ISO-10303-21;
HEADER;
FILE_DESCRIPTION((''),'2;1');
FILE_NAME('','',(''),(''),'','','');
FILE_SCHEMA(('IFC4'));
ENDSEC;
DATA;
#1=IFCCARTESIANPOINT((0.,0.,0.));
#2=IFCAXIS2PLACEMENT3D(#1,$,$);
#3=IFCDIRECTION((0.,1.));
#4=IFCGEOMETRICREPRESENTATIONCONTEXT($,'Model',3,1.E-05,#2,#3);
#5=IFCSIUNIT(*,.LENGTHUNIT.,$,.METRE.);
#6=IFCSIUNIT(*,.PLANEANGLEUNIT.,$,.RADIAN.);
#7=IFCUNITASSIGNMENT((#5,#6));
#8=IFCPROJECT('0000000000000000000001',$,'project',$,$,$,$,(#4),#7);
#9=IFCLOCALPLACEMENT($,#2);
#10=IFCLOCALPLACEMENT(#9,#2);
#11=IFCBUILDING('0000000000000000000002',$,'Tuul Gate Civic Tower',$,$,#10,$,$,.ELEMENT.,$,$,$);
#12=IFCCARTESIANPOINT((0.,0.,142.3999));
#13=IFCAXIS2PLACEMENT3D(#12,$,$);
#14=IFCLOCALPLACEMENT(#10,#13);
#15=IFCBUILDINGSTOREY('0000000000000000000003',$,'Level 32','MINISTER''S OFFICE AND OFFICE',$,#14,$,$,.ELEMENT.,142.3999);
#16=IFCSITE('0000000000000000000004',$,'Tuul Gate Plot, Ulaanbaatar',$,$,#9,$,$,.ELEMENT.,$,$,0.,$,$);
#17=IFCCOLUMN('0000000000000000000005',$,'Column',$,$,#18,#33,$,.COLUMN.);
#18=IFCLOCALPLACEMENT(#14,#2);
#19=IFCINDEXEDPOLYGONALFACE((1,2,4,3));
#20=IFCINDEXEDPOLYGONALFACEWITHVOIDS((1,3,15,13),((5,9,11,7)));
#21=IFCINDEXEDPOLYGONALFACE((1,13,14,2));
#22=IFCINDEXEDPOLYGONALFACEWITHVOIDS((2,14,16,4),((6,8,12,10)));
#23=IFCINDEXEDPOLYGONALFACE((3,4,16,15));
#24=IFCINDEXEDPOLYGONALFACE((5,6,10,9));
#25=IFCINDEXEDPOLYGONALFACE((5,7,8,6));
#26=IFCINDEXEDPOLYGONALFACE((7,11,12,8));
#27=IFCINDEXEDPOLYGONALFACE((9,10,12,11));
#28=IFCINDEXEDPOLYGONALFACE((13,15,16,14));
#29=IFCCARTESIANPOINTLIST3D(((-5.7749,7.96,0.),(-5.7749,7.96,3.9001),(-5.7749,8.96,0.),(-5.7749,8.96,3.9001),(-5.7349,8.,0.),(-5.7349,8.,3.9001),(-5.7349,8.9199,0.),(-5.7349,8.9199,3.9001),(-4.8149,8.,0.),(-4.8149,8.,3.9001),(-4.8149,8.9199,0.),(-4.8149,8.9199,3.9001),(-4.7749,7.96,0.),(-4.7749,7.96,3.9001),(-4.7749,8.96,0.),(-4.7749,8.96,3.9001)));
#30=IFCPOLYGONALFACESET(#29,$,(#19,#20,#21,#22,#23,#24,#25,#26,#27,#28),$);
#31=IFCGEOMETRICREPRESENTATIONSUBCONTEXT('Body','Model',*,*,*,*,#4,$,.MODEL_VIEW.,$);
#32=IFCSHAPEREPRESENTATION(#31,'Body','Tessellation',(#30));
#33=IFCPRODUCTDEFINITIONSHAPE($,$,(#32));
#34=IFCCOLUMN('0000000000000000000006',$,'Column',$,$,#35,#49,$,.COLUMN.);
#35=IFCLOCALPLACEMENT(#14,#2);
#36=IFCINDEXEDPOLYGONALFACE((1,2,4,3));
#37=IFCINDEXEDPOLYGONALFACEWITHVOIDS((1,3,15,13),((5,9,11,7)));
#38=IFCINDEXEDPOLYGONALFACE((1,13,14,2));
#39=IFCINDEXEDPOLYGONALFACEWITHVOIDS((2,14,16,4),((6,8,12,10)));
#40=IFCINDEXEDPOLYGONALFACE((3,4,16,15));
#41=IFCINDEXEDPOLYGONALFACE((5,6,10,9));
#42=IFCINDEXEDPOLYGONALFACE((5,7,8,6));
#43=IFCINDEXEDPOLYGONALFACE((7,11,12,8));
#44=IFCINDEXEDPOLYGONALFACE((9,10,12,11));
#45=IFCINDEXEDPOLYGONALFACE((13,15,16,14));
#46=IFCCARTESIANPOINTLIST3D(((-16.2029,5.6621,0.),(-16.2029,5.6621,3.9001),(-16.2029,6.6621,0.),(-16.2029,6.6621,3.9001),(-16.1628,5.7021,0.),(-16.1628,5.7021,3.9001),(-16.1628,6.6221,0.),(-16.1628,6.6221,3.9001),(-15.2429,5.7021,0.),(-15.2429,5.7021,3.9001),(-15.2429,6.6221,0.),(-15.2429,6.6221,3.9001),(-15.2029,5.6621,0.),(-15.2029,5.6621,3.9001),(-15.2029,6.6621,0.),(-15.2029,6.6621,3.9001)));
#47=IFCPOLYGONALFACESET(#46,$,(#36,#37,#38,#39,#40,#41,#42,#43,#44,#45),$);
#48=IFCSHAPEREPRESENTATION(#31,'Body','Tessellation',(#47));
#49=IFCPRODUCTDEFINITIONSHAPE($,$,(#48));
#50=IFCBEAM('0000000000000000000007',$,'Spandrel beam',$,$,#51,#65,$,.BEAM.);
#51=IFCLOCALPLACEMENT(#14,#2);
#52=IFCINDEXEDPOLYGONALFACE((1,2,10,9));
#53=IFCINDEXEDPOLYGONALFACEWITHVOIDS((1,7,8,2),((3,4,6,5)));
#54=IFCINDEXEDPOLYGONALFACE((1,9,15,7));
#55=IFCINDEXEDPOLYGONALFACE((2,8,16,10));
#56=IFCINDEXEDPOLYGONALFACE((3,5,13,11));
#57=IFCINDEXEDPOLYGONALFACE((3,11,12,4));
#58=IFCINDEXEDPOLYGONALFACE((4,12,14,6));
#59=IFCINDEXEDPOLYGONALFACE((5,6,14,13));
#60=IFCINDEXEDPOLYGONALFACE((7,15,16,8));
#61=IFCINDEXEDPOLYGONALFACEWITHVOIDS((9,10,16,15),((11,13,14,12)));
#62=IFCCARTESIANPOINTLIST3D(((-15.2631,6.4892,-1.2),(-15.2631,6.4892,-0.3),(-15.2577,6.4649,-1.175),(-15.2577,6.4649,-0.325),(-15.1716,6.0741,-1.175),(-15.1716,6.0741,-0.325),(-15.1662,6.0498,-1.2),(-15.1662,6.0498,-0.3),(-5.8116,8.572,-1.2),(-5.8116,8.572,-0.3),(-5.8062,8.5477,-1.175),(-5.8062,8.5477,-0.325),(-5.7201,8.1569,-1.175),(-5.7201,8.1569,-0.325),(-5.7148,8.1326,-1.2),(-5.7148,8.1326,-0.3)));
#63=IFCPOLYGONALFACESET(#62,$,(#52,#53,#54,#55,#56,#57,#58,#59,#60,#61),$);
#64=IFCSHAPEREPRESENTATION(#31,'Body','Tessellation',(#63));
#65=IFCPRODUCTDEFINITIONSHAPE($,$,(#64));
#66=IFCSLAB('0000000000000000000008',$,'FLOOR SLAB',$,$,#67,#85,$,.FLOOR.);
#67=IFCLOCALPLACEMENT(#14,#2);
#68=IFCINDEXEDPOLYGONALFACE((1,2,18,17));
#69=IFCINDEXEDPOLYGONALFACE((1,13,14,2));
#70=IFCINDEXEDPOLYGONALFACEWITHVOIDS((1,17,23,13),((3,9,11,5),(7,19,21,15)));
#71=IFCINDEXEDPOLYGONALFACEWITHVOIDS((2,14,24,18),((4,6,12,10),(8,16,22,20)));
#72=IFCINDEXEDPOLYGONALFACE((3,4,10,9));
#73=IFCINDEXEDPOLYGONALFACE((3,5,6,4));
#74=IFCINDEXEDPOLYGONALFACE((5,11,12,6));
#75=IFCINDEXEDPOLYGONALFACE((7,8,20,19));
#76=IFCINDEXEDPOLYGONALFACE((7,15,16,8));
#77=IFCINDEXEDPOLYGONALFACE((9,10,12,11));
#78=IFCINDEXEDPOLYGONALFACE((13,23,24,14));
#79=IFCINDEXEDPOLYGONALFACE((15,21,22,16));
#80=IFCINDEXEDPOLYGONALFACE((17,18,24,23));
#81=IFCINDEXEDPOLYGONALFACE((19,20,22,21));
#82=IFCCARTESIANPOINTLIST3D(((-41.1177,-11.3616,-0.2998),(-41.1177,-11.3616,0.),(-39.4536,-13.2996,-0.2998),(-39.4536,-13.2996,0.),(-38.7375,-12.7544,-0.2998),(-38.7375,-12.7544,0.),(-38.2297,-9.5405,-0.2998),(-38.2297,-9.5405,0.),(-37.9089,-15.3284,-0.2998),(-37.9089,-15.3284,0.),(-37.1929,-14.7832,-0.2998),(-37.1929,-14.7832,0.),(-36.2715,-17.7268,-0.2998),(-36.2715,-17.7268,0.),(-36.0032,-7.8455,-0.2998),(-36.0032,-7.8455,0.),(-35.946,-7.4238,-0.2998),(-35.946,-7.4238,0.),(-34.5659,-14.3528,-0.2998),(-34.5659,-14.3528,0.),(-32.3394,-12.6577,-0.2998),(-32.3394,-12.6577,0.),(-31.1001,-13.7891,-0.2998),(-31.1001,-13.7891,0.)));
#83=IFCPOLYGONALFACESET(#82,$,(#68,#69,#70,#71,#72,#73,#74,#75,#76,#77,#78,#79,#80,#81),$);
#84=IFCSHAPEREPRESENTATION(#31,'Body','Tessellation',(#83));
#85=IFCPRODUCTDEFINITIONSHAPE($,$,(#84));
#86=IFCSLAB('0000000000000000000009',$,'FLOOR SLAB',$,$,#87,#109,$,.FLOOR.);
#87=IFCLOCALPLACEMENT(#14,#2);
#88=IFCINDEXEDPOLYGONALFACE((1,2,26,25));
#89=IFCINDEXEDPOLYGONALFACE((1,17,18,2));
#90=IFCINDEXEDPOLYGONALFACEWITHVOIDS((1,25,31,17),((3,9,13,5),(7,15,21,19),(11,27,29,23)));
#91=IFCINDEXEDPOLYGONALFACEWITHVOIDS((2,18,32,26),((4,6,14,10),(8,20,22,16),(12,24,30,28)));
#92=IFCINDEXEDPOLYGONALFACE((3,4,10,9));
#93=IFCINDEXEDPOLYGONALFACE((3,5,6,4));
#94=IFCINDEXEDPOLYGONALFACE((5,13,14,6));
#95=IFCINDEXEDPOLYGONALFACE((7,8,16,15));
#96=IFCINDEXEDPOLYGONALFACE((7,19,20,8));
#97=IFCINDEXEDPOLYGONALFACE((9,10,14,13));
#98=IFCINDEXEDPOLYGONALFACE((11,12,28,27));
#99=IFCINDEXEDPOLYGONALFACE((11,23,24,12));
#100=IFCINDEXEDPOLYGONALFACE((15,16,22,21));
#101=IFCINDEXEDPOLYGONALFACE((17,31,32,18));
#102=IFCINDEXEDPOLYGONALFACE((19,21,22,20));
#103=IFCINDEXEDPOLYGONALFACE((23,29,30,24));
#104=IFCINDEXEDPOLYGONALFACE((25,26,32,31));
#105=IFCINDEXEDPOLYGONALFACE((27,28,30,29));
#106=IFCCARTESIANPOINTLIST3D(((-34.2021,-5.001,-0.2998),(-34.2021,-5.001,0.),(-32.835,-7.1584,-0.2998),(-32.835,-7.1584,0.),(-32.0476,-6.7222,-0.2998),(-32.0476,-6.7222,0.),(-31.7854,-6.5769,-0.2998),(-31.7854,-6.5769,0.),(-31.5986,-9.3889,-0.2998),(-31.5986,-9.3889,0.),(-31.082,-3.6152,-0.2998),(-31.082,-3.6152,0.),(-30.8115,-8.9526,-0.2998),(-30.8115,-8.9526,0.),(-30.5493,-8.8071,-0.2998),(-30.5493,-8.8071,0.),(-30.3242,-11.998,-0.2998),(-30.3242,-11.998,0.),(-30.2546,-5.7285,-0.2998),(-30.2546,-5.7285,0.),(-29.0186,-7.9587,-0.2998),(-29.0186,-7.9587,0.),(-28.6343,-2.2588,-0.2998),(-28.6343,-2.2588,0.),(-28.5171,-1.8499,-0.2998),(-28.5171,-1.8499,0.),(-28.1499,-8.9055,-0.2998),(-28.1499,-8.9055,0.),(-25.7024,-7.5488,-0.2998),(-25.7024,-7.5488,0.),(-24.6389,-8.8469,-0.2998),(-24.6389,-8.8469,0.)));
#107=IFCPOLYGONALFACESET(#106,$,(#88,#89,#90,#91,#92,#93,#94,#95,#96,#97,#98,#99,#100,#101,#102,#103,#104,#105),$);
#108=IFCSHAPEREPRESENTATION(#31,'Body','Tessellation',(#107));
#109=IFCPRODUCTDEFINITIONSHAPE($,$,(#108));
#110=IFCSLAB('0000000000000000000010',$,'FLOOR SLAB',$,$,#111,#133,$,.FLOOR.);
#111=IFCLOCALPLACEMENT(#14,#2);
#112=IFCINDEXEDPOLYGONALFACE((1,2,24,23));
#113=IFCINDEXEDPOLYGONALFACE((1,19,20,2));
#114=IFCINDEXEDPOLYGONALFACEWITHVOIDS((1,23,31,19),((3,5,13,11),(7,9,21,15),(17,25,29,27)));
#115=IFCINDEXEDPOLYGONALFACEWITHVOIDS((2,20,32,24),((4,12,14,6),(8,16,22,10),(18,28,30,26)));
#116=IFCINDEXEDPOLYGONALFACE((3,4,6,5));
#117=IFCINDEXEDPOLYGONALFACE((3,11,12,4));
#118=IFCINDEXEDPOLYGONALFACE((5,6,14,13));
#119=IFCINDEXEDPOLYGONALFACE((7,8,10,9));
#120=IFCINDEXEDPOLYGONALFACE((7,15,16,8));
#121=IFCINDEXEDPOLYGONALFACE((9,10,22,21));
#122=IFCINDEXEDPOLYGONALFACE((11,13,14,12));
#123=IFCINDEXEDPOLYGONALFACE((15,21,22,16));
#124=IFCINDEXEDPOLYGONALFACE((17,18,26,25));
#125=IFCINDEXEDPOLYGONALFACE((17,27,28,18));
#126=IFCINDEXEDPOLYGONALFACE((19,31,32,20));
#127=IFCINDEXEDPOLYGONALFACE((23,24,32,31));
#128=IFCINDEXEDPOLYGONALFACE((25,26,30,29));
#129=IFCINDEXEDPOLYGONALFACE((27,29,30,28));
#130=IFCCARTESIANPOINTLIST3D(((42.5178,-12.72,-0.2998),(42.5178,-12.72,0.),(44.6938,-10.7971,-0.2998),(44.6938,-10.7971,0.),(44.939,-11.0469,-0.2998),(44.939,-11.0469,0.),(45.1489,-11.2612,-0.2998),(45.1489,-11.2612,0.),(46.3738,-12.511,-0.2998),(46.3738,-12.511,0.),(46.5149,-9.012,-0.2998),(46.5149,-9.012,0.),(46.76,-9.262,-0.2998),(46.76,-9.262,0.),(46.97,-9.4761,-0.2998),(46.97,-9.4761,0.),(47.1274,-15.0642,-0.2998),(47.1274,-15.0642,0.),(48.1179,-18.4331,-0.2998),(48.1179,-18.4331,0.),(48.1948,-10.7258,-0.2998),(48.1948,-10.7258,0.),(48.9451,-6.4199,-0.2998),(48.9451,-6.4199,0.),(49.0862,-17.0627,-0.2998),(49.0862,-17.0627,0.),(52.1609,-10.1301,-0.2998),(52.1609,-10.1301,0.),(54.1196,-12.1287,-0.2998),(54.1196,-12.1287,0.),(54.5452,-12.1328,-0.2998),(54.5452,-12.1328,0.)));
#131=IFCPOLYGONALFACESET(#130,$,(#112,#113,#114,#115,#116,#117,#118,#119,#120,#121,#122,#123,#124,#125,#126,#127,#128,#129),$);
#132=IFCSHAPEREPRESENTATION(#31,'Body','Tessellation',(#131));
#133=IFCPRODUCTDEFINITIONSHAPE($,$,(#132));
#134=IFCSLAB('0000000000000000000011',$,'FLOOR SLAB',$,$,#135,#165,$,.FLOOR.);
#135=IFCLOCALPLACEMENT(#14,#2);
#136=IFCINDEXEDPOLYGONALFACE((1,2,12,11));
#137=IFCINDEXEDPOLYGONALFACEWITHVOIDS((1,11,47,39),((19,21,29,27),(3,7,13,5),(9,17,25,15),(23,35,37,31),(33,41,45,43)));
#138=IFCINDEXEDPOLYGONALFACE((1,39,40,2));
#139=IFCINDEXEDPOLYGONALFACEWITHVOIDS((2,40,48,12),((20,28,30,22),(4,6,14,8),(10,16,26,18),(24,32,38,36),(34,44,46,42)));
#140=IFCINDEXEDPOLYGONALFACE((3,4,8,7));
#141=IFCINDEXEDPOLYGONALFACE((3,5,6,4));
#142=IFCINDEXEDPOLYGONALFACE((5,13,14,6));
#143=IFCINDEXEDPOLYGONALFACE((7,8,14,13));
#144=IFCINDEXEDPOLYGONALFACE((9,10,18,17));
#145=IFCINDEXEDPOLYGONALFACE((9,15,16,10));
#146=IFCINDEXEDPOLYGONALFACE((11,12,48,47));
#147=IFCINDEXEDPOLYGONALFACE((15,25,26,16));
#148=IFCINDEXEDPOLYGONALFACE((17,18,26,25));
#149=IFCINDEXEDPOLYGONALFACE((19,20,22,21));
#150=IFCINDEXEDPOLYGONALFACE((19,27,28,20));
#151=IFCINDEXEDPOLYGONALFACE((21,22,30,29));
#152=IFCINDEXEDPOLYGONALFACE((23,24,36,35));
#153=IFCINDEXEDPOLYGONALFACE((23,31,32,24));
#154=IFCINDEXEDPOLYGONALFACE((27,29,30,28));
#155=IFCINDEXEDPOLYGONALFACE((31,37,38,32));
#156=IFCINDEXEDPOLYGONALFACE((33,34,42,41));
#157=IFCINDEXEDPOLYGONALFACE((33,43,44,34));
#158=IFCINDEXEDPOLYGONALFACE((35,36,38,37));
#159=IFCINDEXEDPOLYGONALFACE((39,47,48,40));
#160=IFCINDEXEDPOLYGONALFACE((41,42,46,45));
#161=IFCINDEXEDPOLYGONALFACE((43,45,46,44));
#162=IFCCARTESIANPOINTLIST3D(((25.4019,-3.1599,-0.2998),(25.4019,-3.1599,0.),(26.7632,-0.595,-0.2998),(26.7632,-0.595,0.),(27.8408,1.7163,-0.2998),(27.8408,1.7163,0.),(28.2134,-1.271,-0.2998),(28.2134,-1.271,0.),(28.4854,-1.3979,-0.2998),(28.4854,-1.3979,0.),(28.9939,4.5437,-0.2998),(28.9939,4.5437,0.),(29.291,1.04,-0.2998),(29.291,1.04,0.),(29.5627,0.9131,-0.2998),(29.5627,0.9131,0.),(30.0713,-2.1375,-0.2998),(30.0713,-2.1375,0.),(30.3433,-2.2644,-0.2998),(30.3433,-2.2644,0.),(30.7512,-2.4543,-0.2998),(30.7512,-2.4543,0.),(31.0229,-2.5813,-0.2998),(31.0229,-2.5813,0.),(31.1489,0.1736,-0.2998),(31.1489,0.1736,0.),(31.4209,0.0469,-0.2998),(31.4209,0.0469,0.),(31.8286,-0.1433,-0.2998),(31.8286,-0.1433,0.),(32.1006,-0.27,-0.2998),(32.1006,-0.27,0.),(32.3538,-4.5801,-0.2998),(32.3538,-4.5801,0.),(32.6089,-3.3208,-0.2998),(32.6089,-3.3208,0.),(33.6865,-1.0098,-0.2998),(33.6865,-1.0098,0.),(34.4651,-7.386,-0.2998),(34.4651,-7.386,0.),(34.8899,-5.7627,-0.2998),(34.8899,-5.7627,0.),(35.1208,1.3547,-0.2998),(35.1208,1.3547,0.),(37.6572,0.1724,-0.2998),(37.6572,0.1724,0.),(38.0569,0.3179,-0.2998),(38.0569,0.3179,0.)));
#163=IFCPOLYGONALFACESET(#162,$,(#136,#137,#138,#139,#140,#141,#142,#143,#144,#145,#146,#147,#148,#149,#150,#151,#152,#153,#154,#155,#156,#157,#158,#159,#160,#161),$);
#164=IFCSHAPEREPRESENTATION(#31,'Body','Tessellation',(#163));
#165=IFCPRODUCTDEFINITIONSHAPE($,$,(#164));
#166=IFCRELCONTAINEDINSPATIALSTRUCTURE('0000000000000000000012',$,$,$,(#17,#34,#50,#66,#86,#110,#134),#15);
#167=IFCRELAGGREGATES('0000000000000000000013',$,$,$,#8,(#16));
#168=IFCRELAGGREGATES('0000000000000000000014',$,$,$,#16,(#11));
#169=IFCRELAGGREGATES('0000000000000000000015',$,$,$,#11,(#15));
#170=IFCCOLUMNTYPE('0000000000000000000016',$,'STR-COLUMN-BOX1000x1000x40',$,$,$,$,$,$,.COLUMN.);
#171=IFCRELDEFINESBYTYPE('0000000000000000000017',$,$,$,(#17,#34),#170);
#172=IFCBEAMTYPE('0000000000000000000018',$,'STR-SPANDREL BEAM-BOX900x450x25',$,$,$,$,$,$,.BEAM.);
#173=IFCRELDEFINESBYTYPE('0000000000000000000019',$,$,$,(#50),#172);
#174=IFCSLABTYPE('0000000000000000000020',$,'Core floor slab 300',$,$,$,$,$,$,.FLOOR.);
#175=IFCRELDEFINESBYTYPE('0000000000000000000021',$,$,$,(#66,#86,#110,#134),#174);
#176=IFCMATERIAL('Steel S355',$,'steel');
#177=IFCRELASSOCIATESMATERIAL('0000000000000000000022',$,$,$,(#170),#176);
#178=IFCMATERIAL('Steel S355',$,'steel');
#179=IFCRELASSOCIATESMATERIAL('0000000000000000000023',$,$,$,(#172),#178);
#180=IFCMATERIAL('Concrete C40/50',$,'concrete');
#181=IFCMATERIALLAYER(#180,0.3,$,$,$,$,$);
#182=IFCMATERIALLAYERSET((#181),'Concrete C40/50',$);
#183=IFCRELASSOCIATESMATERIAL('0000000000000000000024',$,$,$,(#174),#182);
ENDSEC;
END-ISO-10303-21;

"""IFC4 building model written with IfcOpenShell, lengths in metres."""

from ifc_helpers import new_model, si_unit, direction, frame, origin, origin_2d, place, context, subcontext, project, spatial, polyline, hollow_rectangle, outline, extrude, material, layer, layer_set, material_profile, profile_set, type_object, element, save


model = new_model("IFC4")

# Units and contexts
model_context = context("Model", 3, precision=1e-05, world=origin(), true_north=direction((0.0, 1.0)))
body_context = subcontext(model_context, "Body", "Model", "MODEL_VIEW")
ifc_project = project(units=[si_unit("LENGTHUNIT", "METRE"), si_unit("PLANEANGLEUNIT", "RADIAN")], contexts=[model_context])

# Site, building, storey
site_placement = place(None, origin())
site = spatial("IfcSite", under=ifc_project, at=site_placement, Name="Tuul Gate Plot, Ulaanbaatar", CompositionType="ELEMENT", RefElevation=0.0)
building_placement = place(site_placement, origin())
building = spatial("IfcBuilding", under=site, at=building_placement, Name="Tuul Gate Civic Tower", CompositionType="ELEMENT")
storey_placement = place(building_placement, frame((0.0, 0.0, 142.3999)))
storey = spatial("IfcBuildingStorey", under=building, at=storey_placement, Name="Level 32", Description="MINISTER'S OFFICE AND OFFICE", CompositionType="ELEMENT", Elevation=142.3999)

# Columns
ifc_material_1 = material(Name="Steel S355", Category="steel")
ifc_material_profile_1 = material_profile(ifc_material_1, hollow_rectangle(XDim=1.0, YDim=1.0, WallThickness=0.04, at=origin_2d()), Name="BOX1000x1000x40")
ifc_profile_set_1 = profile_set([ifc_material_profile_1], Name="Steel S355")
column_type = type_object("IfcColumnType", Name="STR-COLUMN-BOX1000x1000x40", PredefinedType="COLUMN", material=ifc_profile_set_1)
for number, where, z_axis, x_axis, name in (
    (1, (-5.2749, 8.46, 0.0), (0.0, 0.0, 1.0), (1.0, 0.0, 0.0), "Column"),
    (2, (-15.7029, 6.1621, 0.0), (0.0, 0.0, 1.0), (1.0, 0.0, 0.0), "Column"),
):
    element("IfcColumn", number, at=place(storey_placement, frame(where, z_axis=z_axis, x_axis=x_axis)), inside=storey, type_object=column_type, Name=name, PredefinedType="COLUMN", context=body_context, shape_type="SweptSolid", body=[
        extrude(hollow_rectangle(XDim=1.0, YDim=1.0, WallThickness=0.04, at=origin_2d()), origin(), (0.0, 0.0, 1.0), 3.9001),
    ])

# Beam
ifc_material_2 = material(Name="Steel S355", Category="steel")
ifc_material_profile_2 = material_profile(ifc_material_2, hollow_rectangle(XDim=0.45, YDim=0.8999, WallThickness=0.0249, at=origin_2d()), Name="BOX900x450x25")
ifc_profile_set_2 = profile_set([ifc_material_profile_2], Name="Steel S355")
beam_type = type_object("IfcBeamType", Name="STR-SPANDREL BEAM-BOX900x450x25", PredefinedType="BEAM", material=ifc_profile_set_2)
beam_placement = place(storey_placement, frame((-5.7632, 8.3523, -0.75), z_axis=(-0.97657, -0.215202, 0.0), x_axis=(0.215202, -0.97657, 0.0)))
element("IfcBeam", 3, at=beam_placement, inside=storey, type_object=beam_type, Name="Spandrel beam", PredefinedType="BEAM", context=body_context, shape_type="SweptSolid", body=[
    extrude(hollow_rectangle(XDim=0.45, YDim=0.8999, WallThickness=0.0249, at=origin_2d()), origin(), (0.0, 0.0, 1.0), 9.6782),
])

# Slabs
ifc_material_3 = material(Name="Concrete C40/50", Category="concrete")
ifc_layer_1 = layer(ifc_material_3, 0.3)
ifc_layer_set_1 = layer_set([ifc_layer_1], Name="Concrete C40/50")
slab_type_1 = type_object("IfcSlabType", Name="Core floor slab 300", PredefinedType="FLOOR", material=ifc_layer_set_1)
slab_1_placement = place(storey_placement, frame((0.0, 0.0, -0.2998)))
element("IfcSlab", 4, at=slab_1_placement, inside=storey, type_object=slab_type_1, Name="FLOOR SLAB", PredefinedType="FLOOR", context=body_context, shape_type="SweptSolid", body=[
    extrude(outline(polyline([(-31.1001, -13.7891), (-35.946, -7.4238), (-41.1177, -11.3616), (-36.2715, -17.7268), (-31.1001, -13.7891)]), holes=[polyline([(-37.1929, -14.7832), (-38.7375, -12.7544), (-39.4536, -13.2996), (-37.9089, -15.3284), (-37.1929, -14.7832)]), polyline([(-32.3394, -12.6577), (-34.5659, -14.3528), (-38.2297, -9.5405), (-36.0032, -7.8455), (-32.3394, -12.6577)])]), origin(), (0.0, 0.0, 1.0), 0.2998),
])
slab_2_placement = place(storey_placement, frame((0.0, 0.0, -0.2998)))
element("IfcSlab", 5, at=slab_2_placement, inside=storey, type_object=slab_type_1, Name="FLOOR SLAB", PredefinedType="FLOOR", context=body_context, shape_type="SweptSolid", body=[
    extrude(outline(polyline([(-24.6389, -8.8469), (-28.5171, -1.8499), (-34.2021, -5.001), (-30.3242, -11.998), (-24.6389, -8.8469)]), holes=[polyline([(-29.0186, -7.9587), (-30.2546, -5.7285), (-31.7854, -6.5769), (-30.5493, -8.8071), (-29.0186, -7.9587)]), polyline([(-30.8115, -8.9526), (-32.0476, -6.7222), (-32.835, -7.1584), (-31.5986, -9.3889), (-30.8115, -8.9526)]), polyline([(-25.7024, -7.5488), (-28.1499, -8.9055), (-31.082, -3.6152), (-28.6343, -2.2588), (-25.7024, -7.5488)])]), origin(), (0.0, 0.0, 1.0), 0.2998),
])
slab_3_placement = place(storey_placement, frame((0.0, 0.0, -0.2998)))
element("IfcSlab", 6, at=slab_3_placement, inside=storey, type_object=slab_type_1, Name="FLOOR SLAB", PredefinedType="FLOOR", context=body_context, shape_type="SweptSolid", body=[
    extrude(outline(polyline([(48.1179, -18.4331), (54.5452, -12.1328), (48.9451, -6.4199), (42.5178, -12.72), (48.1179, -18.4331)]), holes=[polyline([(46.3738, -12.511), (48.1948, -10.7258), (46.97, -9.4761), (45.1489, -11.2612), (46.3738, -12.511)]), polyline([(44.939, -11.0469), (46.76, -9.262), (46.5149, -9.012), (44.6938, -10.7971), (44.939, -11.0469)]), polyline([(49.0862, -17.0627), (47.1274, -15.0642), (52.1609, -10.1301), (54.1196, -12.1287), (49.0862, -17.0627)])]), origin(), (0.0, 0.0, 1.0), 0.2998),
])
slab_4_placement = place(storey_placement, frame((0.0, 0.0, -0.2998)))
element("IfcSlab", 7, at=slab_4_placement, inside=storey, type_object=slab_type_1, Name="FLOOR SLAB", PredefinedType="FLOOR", context=body_context, shape_type="SweptSolid", body=[
    extrude(outline(polyline([(34.4651, -7.386), (38.0569, 0.3179), (28.9939, 4.5437), (25.4019, -3.1599), (34.4651, -7.386)]), holes=[polyline([(32.6089, -3.3208), (33.6865, -1.0098), (32.1006, -0.27), (31.0229, -2.5813), (32.6089, -3.3208)]), polyline([(30.0713, -2.1375), (31.1489, 0.1736), (29.5627, 0.9131), (28.4854, -1.3979), (30.0713, -2.1375)]), polyline([(30.7512, -2.4543), (31.8286, -0.1433), (31.4209, 0.0469), (30.3433, -2.2644), (30.7512, -2.4543)]), polyline([(28.2134, -1.271), (29.291, 1.04), (27.8408, 1.7163), (26.7632, -0.595), (28.2134, -1.271)]), polyline([(34.8899, -5.7627), (32.3538, -4.5801), (35.1208, 1.3547), (37.6572, 0.1724), (34.8899, -5.7627)])]), origin(), (0.0, 0.0, 1.0), 0.2998),
])

save(model, "model.ifc")
